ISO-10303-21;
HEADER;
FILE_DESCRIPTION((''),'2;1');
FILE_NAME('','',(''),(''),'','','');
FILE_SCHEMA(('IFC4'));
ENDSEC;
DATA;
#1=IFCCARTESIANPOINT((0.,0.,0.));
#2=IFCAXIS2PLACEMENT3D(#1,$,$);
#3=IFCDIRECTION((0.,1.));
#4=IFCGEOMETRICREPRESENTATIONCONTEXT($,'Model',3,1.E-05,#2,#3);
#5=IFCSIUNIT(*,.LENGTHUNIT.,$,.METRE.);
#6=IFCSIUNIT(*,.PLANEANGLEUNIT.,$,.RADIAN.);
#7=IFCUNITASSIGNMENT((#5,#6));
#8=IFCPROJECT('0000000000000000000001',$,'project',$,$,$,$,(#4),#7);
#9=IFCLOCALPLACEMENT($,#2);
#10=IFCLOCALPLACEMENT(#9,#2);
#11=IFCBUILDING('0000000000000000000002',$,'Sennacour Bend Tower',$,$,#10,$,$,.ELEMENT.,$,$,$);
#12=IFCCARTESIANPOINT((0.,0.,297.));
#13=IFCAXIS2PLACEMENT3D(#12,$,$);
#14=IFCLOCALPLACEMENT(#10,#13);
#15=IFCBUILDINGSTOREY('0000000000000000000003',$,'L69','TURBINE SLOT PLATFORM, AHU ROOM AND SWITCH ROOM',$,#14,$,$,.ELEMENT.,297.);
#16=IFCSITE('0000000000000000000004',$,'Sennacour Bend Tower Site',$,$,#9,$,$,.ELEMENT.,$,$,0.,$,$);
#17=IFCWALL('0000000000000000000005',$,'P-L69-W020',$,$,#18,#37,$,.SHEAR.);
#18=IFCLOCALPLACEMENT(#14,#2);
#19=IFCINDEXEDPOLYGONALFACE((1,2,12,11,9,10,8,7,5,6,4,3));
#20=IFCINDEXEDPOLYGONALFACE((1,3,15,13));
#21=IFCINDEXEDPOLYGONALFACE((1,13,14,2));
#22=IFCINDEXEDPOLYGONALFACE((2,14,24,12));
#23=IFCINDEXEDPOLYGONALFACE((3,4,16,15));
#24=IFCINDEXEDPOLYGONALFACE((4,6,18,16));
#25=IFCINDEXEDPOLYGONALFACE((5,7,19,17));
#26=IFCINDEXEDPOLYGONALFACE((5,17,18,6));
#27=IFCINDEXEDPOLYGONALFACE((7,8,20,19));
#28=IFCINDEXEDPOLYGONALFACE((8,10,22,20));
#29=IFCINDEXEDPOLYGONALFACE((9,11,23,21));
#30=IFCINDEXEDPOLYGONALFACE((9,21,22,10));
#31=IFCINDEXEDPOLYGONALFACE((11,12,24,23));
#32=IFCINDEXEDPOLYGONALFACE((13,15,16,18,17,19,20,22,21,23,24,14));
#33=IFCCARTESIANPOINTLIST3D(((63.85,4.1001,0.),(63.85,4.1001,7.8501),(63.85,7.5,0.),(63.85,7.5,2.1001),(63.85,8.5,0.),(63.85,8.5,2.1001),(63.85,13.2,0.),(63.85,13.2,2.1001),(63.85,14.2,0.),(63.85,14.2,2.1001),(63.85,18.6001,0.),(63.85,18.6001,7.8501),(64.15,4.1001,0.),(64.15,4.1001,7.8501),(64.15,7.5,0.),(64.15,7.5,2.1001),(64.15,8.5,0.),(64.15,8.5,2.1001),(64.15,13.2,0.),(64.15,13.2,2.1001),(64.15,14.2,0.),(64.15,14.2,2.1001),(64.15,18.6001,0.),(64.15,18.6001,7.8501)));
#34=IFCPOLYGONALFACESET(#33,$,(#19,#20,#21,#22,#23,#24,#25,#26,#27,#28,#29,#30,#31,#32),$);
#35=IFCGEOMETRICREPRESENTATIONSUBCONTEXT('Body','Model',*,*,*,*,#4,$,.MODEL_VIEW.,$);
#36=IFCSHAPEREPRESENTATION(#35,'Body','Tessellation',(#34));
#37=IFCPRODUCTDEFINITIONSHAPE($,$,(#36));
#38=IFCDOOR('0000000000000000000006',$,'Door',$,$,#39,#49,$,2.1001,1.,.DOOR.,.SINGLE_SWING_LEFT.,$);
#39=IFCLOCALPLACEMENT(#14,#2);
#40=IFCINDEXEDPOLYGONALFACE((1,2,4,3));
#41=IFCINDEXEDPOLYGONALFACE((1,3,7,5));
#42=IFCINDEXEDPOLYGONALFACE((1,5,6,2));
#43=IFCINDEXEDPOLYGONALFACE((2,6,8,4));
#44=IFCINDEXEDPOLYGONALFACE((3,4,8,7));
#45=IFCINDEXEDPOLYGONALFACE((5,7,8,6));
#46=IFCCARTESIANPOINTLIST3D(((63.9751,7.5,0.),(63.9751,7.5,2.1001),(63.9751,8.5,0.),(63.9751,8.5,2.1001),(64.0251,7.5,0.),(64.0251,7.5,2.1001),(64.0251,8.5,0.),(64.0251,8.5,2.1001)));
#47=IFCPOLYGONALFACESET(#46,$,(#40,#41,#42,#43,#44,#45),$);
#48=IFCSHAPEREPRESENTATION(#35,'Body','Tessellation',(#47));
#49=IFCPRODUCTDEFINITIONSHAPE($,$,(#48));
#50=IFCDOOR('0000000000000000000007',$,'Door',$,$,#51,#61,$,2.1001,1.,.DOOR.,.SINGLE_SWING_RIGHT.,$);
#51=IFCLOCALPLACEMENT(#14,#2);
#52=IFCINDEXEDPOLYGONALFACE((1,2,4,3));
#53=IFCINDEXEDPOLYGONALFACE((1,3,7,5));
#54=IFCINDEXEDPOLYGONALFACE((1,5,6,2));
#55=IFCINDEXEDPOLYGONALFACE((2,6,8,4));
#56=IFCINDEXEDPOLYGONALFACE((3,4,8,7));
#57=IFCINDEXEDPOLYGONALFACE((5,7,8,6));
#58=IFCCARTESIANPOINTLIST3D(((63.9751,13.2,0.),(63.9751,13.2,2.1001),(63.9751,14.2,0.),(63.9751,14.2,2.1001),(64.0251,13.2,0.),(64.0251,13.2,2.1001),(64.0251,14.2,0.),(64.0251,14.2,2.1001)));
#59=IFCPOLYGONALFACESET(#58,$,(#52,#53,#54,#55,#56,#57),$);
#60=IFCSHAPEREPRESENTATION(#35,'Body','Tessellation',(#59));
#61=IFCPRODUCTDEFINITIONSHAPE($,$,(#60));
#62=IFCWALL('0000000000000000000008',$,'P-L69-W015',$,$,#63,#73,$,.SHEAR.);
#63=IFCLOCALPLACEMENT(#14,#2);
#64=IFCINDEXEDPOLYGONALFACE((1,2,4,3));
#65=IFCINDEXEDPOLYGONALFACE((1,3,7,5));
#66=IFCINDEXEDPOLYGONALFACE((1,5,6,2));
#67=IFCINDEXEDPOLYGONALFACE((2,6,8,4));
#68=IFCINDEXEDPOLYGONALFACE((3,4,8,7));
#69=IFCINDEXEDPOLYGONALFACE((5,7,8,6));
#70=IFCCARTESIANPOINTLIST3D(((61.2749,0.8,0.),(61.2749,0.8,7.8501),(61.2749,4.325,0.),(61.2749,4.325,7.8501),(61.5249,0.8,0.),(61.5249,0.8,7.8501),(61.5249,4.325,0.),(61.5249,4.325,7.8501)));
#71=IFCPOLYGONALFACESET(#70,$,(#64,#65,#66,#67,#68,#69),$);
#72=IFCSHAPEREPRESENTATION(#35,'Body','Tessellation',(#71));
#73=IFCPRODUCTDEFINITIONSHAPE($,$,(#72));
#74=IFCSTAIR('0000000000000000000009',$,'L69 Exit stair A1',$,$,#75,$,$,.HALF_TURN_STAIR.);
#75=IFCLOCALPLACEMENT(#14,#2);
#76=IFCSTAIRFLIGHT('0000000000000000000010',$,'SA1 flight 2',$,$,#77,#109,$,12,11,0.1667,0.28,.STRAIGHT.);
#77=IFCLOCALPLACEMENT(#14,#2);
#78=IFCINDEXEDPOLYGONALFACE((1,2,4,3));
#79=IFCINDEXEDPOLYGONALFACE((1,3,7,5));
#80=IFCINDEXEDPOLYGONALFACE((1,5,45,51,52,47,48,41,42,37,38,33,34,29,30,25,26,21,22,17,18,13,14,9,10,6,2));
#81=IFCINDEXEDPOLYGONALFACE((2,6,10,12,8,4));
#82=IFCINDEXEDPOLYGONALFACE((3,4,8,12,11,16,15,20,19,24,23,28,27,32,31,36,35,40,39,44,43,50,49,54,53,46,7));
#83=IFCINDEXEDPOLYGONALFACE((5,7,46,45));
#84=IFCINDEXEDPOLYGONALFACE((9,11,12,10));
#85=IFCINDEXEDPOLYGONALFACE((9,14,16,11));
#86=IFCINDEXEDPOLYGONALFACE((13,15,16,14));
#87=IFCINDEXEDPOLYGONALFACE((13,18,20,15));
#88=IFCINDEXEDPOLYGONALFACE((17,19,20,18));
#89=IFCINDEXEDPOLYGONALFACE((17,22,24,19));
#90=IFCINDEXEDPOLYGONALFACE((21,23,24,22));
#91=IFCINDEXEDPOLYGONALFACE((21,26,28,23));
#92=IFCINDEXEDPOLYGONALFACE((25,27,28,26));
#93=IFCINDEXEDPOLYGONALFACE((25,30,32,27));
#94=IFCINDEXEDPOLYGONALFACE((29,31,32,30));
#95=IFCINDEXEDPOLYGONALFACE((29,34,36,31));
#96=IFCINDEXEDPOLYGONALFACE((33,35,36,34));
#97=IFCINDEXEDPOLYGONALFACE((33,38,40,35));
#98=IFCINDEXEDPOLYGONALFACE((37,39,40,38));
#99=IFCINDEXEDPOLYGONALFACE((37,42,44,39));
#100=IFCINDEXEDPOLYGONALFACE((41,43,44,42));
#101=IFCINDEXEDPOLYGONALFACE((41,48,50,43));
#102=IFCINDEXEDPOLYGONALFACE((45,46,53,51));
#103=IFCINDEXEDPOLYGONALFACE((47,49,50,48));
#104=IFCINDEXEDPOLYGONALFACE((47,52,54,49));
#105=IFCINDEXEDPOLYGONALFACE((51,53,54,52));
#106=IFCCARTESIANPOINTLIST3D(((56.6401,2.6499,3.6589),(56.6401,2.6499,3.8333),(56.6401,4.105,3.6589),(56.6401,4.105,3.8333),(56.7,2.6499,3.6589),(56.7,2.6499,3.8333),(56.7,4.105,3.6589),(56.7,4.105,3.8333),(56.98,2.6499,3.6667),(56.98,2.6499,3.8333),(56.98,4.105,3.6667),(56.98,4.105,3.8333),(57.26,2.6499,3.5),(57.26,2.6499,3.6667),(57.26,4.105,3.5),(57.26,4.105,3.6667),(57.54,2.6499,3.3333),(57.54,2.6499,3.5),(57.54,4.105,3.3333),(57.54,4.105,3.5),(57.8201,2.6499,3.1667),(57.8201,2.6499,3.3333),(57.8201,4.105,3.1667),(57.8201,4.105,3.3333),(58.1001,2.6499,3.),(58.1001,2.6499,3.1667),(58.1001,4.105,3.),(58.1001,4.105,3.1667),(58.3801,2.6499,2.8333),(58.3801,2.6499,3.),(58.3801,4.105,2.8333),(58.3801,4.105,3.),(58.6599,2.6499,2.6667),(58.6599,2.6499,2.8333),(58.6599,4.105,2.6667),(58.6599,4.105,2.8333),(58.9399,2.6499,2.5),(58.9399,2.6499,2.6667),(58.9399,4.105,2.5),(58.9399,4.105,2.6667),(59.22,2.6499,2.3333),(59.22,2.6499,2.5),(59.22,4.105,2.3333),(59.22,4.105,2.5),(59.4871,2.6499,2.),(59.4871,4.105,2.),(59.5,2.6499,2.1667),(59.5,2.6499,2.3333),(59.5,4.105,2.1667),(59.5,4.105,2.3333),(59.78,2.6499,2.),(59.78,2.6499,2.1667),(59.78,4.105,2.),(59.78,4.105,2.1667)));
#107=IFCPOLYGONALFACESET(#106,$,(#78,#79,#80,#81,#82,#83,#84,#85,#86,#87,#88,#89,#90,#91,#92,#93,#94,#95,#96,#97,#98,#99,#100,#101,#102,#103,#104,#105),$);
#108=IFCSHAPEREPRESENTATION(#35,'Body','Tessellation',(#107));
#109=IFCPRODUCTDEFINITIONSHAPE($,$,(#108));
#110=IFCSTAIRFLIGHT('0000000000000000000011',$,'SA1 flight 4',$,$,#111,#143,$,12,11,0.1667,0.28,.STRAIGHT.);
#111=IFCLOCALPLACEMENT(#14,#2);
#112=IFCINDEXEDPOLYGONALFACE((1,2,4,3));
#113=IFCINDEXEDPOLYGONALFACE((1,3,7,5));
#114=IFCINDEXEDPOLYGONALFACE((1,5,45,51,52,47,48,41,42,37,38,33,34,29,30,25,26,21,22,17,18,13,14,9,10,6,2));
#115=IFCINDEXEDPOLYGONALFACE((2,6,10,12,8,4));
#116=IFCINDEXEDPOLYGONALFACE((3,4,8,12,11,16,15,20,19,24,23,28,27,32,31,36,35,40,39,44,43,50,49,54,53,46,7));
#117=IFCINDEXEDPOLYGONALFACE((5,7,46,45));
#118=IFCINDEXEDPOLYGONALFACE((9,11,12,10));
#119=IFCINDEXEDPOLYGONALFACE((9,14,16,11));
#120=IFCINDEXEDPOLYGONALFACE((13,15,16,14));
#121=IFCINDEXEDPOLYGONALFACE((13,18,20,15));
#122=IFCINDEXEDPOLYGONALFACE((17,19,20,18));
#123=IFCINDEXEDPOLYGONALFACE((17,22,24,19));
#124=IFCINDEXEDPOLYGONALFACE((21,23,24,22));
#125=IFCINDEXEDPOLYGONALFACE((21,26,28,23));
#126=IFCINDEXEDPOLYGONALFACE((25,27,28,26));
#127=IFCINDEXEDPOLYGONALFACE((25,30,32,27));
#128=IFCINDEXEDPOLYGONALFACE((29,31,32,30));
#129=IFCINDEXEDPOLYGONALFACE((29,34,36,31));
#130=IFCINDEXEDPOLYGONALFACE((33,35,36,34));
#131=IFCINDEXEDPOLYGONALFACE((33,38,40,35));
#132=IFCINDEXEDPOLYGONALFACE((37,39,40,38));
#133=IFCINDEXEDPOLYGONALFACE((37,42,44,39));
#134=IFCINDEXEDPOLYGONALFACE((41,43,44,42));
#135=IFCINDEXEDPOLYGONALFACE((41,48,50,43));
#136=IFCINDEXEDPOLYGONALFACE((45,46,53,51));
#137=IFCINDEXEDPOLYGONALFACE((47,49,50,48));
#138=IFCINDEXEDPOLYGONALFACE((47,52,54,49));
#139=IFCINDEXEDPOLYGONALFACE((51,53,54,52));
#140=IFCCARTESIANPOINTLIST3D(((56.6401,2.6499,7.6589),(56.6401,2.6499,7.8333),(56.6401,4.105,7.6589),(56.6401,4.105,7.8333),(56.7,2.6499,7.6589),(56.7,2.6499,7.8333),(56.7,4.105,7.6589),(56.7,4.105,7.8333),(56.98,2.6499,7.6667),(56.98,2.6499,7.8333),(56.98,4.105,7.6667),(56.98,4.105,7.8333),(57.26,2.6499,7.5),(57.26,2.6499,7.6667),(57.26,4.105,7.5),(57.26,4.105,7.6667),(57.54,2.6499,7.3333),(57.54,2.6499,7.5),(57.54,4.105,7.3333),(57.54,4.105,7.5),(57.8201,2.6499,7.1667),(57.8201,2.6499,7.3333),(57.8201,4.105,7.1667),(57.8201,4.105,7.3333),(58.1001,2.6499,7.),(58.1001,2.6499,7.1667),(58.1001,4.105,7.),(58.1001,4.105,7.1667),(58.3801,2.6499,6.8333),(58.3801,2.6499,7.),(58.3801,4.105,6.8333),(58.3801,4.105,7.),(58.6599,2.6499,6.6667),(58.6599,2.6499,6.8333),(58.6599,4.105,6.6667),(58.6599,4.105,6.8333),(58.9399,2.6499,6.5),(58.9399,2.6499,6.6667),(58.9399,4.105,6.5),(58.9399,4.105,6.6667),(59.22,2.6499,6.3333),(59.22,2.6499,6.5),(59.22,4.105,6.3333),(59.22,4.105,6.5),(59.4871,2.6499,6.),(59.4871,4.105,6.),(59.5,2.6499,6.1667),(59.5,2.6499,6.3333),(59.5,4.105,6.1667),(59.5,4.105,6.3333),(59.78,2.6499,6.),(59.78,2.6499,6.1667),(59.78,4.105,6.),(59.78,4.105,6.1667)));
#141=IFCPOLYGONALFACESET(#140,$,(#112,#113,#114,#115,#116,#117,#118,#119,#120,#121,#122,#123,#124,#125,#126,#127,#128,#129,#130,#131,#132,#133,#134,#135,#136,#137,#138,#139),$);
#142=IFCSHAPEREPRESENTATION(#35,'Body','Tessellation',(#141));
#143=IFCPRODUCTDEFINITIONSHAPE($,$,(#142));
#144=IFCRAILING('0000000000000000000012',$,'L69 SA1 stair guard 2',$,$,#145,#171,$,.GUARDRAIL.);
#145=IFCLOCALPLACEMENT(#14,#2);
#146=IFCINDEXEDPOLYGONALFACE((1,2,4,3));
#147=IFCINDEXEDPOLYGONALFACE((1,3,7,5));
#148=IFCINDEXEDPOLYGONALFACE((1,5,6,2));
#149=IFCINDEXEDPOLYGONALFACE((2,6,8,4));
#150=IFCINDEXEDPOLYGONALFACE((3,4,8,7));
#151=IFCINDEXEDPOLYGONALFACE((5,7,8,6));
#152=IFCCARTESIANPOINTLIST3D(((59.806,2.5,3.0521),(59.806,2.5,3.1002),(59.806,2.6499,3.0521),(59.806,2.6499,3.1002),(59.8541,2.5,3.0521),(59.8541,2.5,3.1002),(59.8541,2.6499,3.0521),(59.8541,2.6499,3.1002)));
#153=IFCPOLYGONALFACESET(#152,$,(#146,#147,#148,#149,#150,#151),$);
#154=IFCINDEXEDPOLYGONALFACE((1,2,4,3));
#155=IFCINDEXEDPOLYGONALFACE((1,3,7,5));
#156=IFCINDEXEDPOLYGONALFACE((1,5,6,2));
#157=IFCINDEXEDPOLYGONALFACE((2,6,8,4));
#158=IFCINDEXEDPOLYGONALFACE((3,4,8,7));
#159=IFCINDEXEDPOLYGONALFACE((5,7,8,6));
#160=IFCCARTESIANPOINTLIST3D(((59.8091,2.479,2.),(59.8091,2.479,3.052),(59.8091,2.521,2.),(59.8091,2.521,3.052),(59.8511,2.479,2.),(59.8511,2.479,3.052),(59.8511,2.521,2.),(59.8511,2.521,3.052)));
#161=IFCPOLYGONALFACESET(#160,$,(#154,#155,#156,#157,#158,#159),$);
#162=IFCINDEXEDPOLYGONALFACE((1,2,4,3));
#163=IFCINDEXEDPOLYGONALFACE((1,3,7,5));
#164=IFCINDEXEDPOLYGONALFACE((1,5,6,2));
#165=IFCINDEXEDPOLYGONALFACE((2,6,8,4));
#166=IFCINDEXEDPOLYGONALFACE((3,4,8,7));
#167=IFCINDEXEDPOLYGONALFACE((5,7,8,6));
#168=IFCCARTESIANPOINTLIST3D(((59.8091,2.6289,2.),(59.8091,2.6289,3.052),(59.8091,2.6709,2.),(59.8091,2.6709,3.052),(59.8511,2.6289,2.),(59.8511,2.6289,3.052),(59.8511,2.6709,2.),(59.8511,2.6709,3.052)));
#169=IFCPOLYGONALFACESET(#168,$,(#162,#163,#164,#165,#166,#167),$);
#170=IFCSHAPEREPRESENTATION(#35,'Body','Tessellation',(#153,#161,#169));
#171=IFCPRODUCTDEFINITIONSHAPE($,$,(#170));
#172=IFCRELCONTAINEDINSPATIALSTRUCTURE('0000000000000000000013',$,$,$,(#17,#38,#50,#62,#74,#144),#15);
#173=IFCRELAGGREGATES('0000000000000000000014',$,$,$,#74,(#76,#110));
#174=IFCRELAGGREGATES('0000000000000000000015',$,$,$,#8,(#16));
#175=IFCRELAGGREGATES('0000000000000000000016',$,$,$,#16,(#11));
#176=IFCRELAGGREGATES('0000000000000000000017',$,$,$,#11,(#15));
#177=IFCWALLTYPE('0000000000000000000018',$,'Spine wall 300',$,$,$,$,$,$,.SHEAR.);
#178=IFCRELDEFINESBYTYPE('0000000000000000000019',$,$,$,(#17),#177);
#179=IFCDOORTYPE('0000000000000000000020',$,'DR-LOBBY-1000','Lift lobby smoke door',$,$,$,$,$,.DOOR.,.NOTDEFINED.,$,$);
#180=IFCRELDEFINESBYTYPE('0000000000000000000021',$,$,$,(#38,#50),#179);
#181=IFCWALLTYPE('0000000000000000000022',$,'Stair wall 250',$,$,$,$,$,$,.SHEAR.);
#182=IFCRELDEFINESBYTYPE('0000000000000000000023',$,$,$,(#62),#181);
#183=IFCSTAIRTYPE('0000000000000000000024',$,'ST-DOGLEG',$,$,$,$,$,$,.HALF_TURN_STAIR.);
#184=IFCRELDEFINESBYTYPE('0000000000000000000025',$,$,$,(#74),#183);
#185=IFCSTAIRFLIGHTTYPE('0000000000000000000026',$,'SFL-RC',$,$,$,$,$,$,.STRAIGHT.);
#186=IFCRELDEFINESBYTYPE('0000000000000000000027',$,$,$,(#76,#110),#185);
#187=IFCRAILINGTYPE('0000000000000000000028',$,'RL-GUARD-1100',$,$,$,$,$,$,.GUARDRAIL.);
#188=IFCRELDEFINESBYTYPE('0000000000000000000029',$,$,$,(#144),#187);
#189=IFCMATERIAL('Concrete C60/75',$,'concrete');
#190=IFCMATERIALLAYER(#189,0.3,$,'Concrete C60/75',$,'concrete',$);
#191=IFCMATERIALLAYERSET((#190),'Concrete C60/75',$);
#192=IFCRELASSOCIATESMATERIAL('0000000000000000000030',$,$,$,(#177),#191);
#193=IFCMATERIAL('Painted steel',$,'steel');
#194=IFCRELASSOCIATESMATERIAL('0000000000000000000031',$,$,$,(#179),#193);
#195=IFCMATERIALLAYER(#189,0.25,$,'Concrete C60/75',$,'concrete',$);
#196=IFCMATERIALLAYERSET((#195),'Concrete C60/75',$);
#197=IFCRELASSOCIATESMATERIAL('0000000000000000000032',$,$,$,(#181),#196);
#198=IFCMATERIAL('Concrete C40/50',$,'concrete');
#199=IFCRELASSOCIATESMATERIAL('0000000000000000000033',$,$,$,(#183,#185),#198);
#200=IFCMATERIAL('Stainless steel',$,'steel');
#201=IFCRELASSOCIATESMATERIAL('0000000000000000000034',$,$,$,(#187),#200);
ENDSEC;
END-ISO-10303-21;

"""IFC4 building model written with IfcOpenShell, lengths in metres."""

from ifc_helpers import new_model, si_unit, direction, frame, frame_2d, origin, origin_2d, place, context, subcontext, project, spatial, polyline, rectangle, outline, extrude, material, layer, layer_set, type_object, element, fill, aggregate, save


model = new_model("IFC4")

# Units and contexts
model_context = context("Model", 3, precision=1e-05, world=origin(), true_north=direction((0.0, 1.0)))
body_context = subcontext(model_context, "Body", "Model", "MODEL_VIEW")
ifc_project = project(units=[si_unit("LENGTHUNIT", "METRE"), si_unit("PLANEANGLEUNIT", "RADIAN")], contexts=[model_context])

# Site, building, storey
site_placement = place(None, origin())
site = spatial("IfcSite", under=ifc_project, at=site_placement, Name="Sennacour Bend Tower Site", CompositionType="ELEMENT", RefElevation=0.0)
building_placement = place(site_placement, origin())
building = spatial("IfcBuilding", under=site, at=building_placement, Name="Sennacour Bend Tower", CompositionType="ELEMENT")
storey_placement = place(building_placement, frame((0.0, 0.0, 297.0)))
storey = spatial("IfcBuildingStorey", under=building, at=storey_placement, Name="L69", Description="TURBINE SLOT PLATFORM, AHU ROOM AND SWITCH ROOM", CompositionType="ELEMENT", Elevation=297.0)

# Shared definitions
ifc_material_1 = material(Name="Painted steel", Category="steel")

# Shared definitions
ifc_material_2 = material(Name="Stainless steel", Category="steel")

# Wall, openings, doors
ifc_material_3 = material(Name="Concrete C60/75", Category="concrete")
ifc_layer_1 = layer(ifc_material_3, 0.3, Name="Concrete C60/75", Category="concrete")
ifc_layer_set_1 = layer_set([ifc_layer_1], Name="Concrete C60/75")
wall_type_1 = type_object("IfcWallType", Name="Spine wall 300", PredefinedType="SHEAR", material=ifc_layer_set_1)
wall_1_placement = place(storey_placement, frame((64.0, 4.1001, 0.0), z_axis=(0.0, 0.0, 1.0), x_axis=(0.0, 1.0, 0.0)))
wall_1 = element("IfcWall", 1, at=wall_1_placement, inside=storey, type_object=wall_type_1, Name="P-L69-W020", PredefinedType="SHEAR", context=body_context, shape_type="SweptSolid", body=[
    extrude(rectangle(XDim=14.5, YDim=0.3, at=frame_2d((7.25, 0.0))), origin(), (0.0, 0.0, 1.0), 7.8501),
])
opening_1_placement = place(wall_1_placement, frame((3.3999, 0.0, 0.0)))
opening_1 = element("IfcOpeningElement", 2, at=opening_1_placement, cuts=wall_1, PredefinedType="OPENING", context=body_context, shape_type="SweptSolid", body=[
    extrude(rectangle(XDim=1.0, YDim=2.1001, at=frame_2d((0.5, 1.05))), frame((0.0, 0.1602, 0.0), z_axis=(0.0, -1.0, 0.0), x_axis=(1.0, 0.0, 0.0)), (0.0, 0.0, 1.0), 0.3201),
])
opening_2_placement = place(wall_1_placement, frame((9.0999, 0.0, 0.0)))
opening_2 = element("IfcOpeningElement", 3, at=opening_2_placement, cuts=wall_1, PredefinedType="OPENING", context=body_context, shape_type="SweptSolid", body=[
    extrude(rectangle(XDim=1.0, YDim=2.1001, at=frame_2d((0.5, 1.05))), frame((0.0, 0.1602, 0.0), z_axis=(0.0, -1.0, 0.0), x_axis=(1.0, 0.0, 0.0)), (0.0, 0.0, 1.0), 0.3201),
])
door_type_1 = type_object("IfcDoorType", Name="DR-LOBBY-1000", Description="Lift lobby smoke door", OperationType="NOTDEFINED", PredefinedType="DOOR", material=ifc_material_1)
door_1_placement = place(opening_1_placement, origin())
door_1 = element("IfcDoor", 4, at=door_1_placement, inside=storey, type_object=door_type_1, Name="Door", OperationType="SINGLE_SWING_LEFT", OverallHeight=2.1001, OverallWidth=1.0, PredefinedType="DOOR", context=body_context, shape_type="SweptSolid", body=[
    extrude(rectangle(XDim=1.0, YDim=2.1001, at=frame_2d((0.5, 1.05))), frame((0.0, 0.0249, 0.0), z_axis=(0.0, -1.0, 0.0), x_axis=(1.0, 0.0, 0.0)), (0.0, 0.0, 1.0), 0.05),
])
fill(opening_1, door_1)
door_2_placement = place(opening_2_placement, origin())
door_2 = element("IfcDoor", 5, at=door_2_placement, inside=storey, type_object=door_type_1, Name="Door", OperationType="SINGLE_SWING_RIGHT", OverallHeight=2.1001, OverallWidth=1.0, PredefinedType="DOOR", context=body_context, shape_type="SweptSolid", body=[
    extrude(rectangle(XDim=1.0, YDim=2.1001, at=frame_2d((0.5, 1.05))), frame((0.0, 0.0249, 0.0), z_axis=(0.0, -1.0, 0.0), x_axis=(1.0, 0.0, 0.0)), (0.0, 0.0, 1.0), 0.05),
])
fill(opening_2, door_2)

# Wall
ifc_layer_2 = layer(ifc_material_3, 0.25, Name="Concrete C60/75", Category="concrete")
ifc_layer_set_2 = layer_set([ifc_layer_2], Name="Concrete C60/75")
wall_type_2 = type_object("IfcWallType", Name="Stair wall 250", PredefinedType="SHEAR", material=ifc_layer_set_2)
wall_2_placement = place(storey_placement, frame((61.3999, 0.8, 0.0), z_axis=(0.0, 0.0, 1.0), x_axis=(0.0, 1.0, 0.0)))
element("IfcWall", 6, at=wall_2_placement, inside=storey, type_object=wall_type_2, Name="P-L69-W015", PredefinedType="SHEAR", context=body_context, shape_type="SweptSolid", body=[
    extrude(rectangle(XDim=3.5249, YDim=0.25, at=frame_2d((1.7625, 0.0))), origin(), (0.0, 0.0, 1.0), 7.8501),
])

# Stair, stair flights
ifc_material_4 = material(Name="Concrete C40/50", Category="concrete")
stair_type = type_object("IfcStairType", Name="ST-DOGLEG", PredefinedType="HALF_TURN_STAIR", material=ifc_material_4)
stair_placement = place(storey_placement, origin())
stair = element("IfcStair", 7, at=stair_placement, inside=storey, type_object=stair_type, Name="L69 Exit stair A1", PredefinedType="HALF_TURN_STAIR")
stair_flight_type = type_object("IfcStairFlightType", Name="SFL-RC", PredefinedType="STRAIGHT", material=ifc_material_4)
stair_flight_1_placement = place(storey_placement, frame((59.78, 3.3774, 2.0), z_axis=(0.0, 0.0, 1.0), x_axis=(-1.0, 0.0, 0.0)))
stair_flight_1 = element("IfcStairFlight", 8, at=stair_flight_1_placement, type_object=stair_flight_type, Name="SA1 flight 2", NumberOfRisers=12, NumberOfTreads=11, PredefinedType="STRAIGHT", RiserHeight=0.1667, TreadLength=0.28, context=body_context, shape_type="SweptSolid", body=[
    extrude(outline(polyline([(0.0, 0.0), (0.0, 0.1667), (0.28, 0.1667), (0.28, 0.3333), (0.5601, 0.3333), (0.5601, 0.5), (0.8401, 0.5), (0.8401, 0.6667), (1.1201, 0.6667), (1.1201, 0.8333), (1.3999, 0.8333), (1.3999, 1.0), (1.6799, 1.0), (1.6799, 1.1667), (1.96, 1.1667), (1.96, 1.3333), (2.24, 1.3333), (2.24, 1.5), (2.52, 1.5), (2.52, 1.6667), (2.8, 1.6667), (2.8, 1.8333), (3.0801, 1.8333), (3.1399, 1.8333), (3.1399, 1.6589), (3.0801, 1.6589), (0.293, 0.0), (0.0, 0.0)])), frame((0.0, 0.7275, 0.0), z_axis=(0.0, -1.0, 0.0), x_axis=(1.0, 0.0, 0.0)), (0.0, 0.0, 1.0), 1.4551),
])
stair_flight_2_placement = place(storey_placement, frame((59.78, 3.3774, 6.0), z_axis=(0.0, 0.0, 1.0), x_axis=(-1.0, 0.0, 0.0)))
stair_flight_2 = element("IfcStairFlight", 9, at=stair_flight_2_placement, type_object=stair_flight_type, Name="SA1 flight 4", NumberOfRisers=12, NumberOfTreads=11, PredefinedType="STRAIGHT", RiserHeight=0.1667, TreadLength=0.28, context=body_context, shape_type="SweptSolid", body=[
    extrude(outline(polyline([(0.0, 0.0), (0.0, 0.1667), (0.28, 0.1667), (0.28, 0.3333), (0.5601, 0.3333), (0.5601, 0.5), (0.8401, 0.5), (0.8401, 0.6667), (1.1201, 0.6667), (1.1201, 0.8333), (1.3999, 0.8333), (1.3999, 1.0), (1.6799, 1.0), (1.6799, 1.1667), (1.96, 1.1667), (1.96, 1.3333), (2.24, 1.3333), (2.24, 1.5), (2.52, 1.5), (2.52, 1.6667), (2.8, 1.6667), (2.8, 1.8333), (3.0801, 1.8333), (3.1399, 1.8333), (3.1399, 1.6589), (3.0801, 1.6589), (0.293, 0.0), (0.0, 0.0)])), frame((0.0, 0.7275, 0.0), z_axis=(0.0, -1.0, 0.0), x_axis=(1.0, 0.0, 0.0)), (0.0, 0.0, 1.0), 1.4551),
])
aggregate(stair, [stair_flight_1, stair_flight_2])

# Railing
railing_type_1 = type_object("IfcRailingType", Name="RL-GUARD-1100", PredefinedType="GUARDRAIL", material=ifc_material_2)
railing_1_placement = place(storey_placement, frame((59.8301, 2.5, 2.0)))
element("IfcRailing", 10, at=railing_1_placement, inside=storey, type_object=railing_type_1, Name="L69 SA1 stair guard 2", PredefinedType="GUARDRAIL", context=body_context, shape_type="SweptSolid", body=[
    extrude(rectangle(XDim=0.0481, YDim=0.0481, at=origin_2d()), frame((0.0, 0.0, 1.0762), z_axis=(0.0, 1.0, 0.0), x_axis=(-1.0, 0.0, 0.0)), (0.0, 0.0, 1.0), 0.1499),
    extrude(rectangle(XDim=0.042, YDim=0.042, at=origin_2d()), origin(), (0.0, 0.0, 1.0), 1.052),
    extrude(rectangle(XDim=0.042, YDim=0.042, at=origin_2d()), frame((0.0, 0.1499, 0.0)), (0.0, 0.0, 1.0), 1.052),
])

save(model, "model.ifc")
